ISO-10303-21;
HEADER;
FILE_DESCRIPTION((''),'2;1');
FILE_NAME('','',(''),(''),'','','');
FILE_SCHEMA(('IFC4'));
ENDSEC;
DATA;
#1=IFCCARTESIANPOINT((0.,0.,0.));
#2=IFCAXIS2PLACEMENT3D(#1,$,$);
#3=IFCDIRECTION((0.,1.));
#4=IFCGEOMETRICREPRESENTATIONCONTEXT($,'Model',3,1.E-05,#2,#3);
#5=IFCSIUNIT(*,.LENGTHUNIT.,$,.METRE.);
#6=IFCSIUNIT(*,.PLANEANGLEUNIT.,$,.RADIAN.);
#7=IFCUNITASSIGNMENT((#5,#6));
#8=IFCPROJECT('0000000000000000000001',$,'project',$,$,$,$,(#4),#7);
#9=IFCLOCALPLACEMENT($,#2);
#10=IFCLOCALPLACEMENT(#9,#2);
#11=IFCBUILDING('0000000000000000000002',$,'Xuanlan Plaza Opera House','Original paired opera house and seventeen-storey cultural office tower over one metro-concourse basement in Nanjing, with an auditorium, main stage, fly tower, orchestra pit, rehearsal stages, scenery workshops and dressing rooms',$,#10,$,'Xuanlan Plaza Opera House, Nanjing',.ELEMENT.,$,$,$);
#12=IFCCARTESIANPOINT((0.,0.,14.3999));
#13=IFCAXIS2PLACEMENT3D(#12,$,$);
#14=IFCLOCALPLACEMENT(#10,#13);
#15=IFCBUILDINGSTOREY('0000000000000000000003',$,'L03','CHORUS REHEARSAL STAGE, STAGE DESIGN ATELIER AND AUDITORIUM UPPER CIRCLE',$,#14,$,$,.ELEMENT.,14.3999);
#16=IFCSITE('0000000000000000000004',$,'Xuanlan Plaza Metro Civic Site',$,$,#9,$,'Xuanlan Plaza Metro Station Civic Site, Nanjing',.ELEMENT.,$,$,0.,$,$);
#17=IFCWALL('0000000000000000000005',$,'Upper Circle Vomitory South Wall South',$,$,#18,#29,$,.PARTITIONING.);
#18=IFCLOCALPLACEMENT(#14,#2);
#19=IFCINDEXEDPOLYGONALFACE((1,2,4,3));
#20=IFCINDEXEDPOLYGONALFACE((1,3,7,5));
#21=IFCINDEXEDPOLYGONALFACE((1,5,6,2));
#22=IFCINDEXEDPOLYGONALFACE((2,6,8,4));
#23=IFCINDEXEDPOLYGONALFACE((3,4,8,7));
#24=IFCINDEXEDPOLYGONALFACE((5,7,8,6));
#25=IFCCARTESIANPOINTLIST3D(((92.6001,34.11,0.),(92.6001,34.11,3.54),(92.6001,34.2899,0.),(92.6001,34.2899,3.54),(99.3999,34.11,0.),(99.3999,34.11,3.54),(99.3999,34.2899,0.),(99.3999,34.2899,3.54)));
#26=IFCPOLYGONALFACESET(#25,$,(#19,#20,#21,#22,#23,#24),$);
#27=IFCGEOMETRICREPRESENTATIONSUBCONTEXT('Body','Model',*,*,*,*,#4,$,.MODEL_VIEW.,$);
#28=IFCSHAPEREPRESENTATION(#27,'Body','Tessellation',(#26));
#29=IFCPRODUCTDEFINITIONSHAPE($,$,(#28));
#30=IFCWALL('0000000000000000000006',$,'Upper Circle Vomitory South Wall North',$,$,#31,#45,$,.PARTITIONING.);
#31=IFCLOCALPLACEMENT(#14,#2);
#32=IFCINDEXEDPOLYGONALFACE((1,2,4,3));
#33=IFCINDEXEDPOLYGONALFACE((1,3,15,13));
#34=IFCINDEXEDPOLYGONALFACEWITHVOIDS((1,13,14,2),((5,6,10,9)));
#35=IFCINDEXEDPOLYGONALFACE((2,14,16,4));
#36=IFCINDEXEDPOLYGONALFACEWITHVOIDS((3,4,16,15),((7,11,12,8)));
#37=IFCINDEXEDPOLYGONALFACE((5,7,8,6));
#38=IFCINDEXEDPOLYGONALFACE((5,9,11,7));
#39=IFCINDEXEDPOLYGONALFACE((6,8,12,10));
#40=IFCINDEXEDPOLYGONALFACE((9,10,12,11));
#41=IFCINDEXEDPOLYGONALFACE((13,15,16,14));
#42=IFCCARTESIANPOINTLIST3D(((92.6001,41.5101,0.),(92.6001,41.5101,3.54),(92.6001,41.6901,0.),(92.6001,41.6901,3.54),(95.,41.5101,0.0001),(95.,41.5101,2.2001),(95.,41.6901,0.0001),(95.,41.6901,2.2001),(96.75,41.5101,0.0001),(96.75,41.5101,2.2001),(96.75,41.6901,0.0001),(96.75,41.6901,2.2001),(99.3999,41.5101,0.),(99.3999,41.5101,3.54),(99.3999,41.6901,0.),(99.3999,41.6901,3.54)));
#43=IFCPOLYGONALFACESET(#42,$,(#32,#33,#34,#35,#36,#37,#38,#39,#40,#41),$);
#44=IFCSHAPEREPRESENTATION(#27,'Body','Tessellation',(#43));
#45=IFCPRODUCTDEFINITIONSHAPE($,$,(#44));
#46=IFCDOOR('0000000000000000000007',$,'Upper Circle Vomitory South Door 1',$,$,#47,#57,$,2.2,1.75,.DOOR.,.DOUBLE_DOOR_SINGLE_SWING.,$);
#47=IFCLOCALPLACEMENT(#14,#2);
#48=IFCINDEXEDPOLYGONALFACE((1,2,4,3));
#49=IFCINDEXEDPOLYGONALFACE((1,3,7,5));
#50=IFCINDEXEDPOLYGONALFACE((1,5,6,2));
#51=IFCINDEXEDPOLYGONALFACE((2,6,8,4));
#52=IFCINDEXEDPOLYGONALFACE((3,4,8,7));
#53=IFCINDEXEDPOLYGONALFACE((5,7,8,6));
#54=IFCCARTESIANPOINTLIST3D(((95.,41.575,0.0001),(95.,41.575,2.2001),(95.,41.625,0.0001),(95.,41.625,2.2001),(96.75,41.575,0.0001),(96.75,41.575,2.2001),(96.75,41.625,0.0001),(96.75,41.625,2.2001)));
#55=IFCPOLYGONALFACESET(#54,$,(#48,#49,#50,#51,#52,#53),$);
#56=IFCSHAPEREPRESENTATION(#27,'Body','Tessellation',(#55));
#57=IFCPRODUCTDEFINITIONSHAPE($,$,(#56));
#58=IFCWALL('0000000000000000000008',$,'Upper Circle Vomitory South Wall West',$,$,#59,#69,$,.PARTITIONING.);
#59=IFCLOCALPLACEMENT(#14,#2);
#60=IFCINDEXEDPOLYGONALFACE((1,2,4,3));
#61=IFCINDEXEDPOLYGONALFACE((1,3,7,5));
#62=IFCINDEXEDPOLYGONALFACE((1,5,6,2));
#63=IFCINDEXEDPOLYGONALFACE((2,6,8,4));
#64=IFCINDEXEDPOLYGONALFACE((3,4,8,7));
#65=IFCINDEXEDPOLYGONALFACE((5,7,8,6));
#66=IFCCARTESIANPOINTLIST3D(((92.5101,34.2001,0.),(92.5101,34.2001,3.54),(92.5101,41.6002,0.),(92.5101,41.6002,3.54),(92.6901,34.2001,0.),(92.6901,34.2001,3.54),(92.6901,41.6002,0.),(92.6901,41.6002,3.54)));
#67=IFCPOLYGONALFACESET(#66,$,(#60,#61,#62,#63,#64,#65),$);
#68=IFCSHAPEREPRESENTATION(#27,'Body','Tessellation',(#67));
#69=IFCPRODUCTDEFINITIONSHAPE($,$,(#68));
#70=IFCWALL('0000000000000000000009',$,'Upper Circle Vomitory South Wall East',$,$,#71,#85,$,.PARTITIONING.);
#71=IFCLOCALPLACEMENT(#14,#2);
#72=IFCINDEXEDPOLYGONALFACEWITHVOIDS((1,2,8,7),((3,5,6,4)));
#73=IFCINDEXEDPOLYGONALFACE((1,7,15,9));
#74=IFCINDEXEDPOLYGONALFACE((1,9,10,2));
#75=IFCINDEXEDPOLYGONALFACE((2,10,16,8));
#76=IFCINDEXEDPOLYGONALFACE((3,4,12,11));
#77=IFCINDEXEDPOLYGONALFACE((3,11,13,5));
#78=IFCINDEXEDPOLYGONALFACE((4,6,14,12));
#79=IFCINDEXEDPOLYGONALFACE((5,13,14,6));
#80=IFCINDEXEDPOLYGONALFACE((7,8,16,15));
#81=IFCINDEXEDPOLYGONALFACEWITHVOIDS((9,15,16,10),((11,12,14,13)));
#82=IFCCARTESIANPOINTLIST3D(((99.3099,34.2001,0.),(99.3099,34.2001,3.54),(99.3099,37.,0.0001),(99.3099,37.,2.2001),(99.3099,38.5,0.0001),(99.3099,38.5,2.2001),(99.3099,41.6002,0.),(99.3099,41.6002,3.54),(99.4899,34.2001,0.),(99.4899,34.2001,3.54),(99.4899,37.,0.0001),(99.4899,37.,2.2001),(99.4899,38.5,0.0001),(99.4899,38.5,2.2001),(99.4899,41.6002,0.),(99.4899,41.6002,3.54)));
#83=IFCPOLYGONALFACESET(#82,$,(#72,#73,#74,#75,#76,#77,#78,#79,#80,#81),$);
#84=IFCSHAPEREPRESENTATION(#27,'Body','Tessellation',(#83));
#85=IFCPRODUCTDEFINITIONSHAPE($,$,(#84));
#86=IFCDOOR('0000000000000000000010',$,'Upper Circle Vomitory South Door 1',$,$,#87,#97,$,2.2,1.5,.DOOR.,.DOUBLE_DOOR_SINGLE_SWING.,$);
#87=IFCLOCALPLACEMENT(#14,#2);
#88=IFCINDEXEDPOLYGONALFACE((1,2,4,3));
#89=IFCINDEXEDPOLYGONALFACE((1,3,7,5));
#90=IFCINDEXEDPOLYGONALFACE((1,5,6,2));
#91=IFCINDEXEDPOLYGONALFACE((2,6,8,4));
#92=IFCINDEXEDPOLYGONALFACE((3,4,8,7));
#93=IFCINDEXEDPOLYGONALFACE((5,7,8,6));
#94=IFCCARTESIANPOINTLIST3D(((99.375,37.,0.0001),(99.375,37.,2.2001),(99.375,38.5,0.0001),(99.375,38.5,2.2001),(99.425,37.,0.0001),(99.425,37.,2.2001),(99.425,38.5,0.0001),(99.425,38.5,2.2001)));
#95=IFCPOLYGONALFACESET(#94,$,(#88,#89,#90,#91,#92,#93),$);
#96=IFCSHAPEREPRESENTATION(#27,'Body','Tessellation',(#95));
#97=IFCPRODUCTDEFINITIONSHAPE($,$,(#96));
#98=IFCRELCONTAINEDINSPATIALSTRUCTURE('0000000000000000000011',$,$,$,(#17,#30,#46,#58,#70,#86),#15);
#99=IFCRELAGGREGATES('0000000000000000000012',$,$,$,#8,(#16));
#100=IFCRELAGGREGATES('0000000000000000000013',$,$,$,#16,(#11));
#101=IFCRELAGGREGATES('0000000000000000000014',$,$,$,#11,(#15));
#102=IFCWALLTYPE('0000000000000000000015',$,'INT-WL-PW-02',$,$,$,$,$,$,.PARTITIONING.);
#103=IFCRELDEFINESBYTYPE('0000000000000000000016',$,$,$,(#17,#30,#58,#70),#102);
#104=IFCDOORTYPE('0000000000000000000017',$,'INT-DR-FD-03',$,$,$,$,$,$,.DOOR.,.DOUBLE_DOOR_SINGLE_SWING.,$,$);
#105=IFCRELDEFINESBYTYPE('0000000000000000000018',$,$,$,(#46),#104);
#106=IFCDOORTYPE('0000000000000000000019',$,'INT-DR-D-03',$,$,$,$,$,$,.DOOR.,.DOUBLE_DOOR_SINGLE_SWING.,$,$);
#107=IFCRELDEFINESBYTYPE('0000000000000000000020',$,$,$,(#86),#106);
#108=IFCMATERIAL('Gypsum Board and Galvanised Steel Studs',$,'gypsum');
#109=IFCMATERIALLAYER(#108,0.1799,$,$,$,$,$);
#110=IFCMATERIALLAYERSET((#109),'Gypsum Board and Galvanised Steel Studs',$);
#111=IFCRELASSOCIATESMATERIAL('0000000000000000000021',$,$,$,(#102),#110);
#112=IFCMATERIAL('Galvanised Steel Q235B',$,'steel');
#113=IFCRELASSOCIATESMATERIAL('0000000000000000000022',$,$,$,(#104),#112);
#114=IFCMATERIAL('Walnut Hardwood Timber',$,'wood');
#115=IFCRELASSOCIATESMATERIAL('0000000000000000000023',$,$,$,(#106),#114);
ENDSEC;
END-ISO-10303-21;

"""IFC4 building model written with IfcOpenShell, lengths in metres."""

from ifc_helpers import new_model, si_unit, direction, frame, frame_2d, origin, place, context, subcontext, project, spatial, rectangle, extrude, material, layer, layer_set, type_object, element, fill, save


model = new_model("IFC4")

# Units and contexts
model_context = context("Model", 3, precision=1e-05, world=origin(), true_north=direction((0.0, 1.0)))
body_context = subcontext(model_context, "Body", "Model", "MODEL_VIEW")
ifc_project = project(units=[si_unit("LENGTHUNIT", "METRE"), si_unit("PLANEANGLEUNIT", "RADIAN")], contexts=[model_context])

# Site, building, storey
site_placement = place(None, origin())
site = spatial("IfcSite", under=ifc_project, at=site_placement, Name="Xuanlan Plaza Metro Civic Site", LongName="Xuanlan Plaza Metro Station Civic Site, Nanjing", CompositionType="ELEMENT", RefElevation=0.0)
building_placement = place(site_placement, origin())
building = spatial("IfcBuilding", under=site, at=building_placement, Name="Xuanlan Plaza Opera House", Description="Original paired opera house and seventeen-storey cultural office tower over one metro-concourse basement in Nanjing, with an auditorium, main stage, fly tower, orchestra pit, rehearsal stages, scenery workshops and dressing rooms", LongName="Xuanlan Plaza Opera House, Nanjing", CompositionType="ELEMENT")
storey_placement = place(building_placement, frame((0.0, 0.0, 14.3999)))
storey = spatial("IfcBuildingStorey", under=building, at=storey_placement, Name="L03", Description="CHORUS REHEARSAL STAGE, STAGE DESIGN ATELIER AND AUDITORIUM UPPER CIRCLE", CompositionType="ELEMENT", Elevation=14.3999)

# Wall
ifc_material_1 = material(Name="Gypsum Board and Galvanised Steel Studs", Category="gypsum")
ifc_layer_1 = layer(ifc_material_1, 0.1799)
ifc_layer_set_1 = layer_set([ifc_layer_1], Name="Gypsum Board and Galvanised Steel Studs")
wall_type = type_object("IfcWallType", Name="INT-WL-PW-02", PredefinedType="PARTITIONING", material=ifc_layer_set_1)
wall_1_placement = place(storey_placement, frame((92.6001, 34.2, 0.0), z_axis=(0.0, 0.0, 1.0), x_axis=(1.0, 0.0, 0.0)))
element("IfcWall", 1, at=wall_1_placement, inside=storey, type_object=wall_type, Name="Upper Circle Vomitory South Wall South", PredefinedType="PARTITIONING", context=body_context, shape_type="SweptSolid", body=[
    extrude(rectangle(XDim=6.7998, YDim=0.1799, at=frame_2d((3.3999, 0.0))), origin(), (0.0, 0.0, 1.0), 3.54),
])

# Wall, opening, door
wall_2_placement = place(storey_placement, frame((92.6001, 41.6001, 0.0), z_axis=(0.0, 0.0, 1.0), x_axis=(1.0, 0.0, 0.0)))
wall_2 = element("IfcWall", 2, at=wall_2_placement, inside=storey, type_object=wall_type, Name="Upper Circle Vomitory South Wall North", PredefinedType="PARTITIONING", context=body_context, shape_type="SweptSolid", body=[
    extrude(rectangle(XDim=6.7998, YDim=0.1799, at=frame_2d((3.3999, 0.0))), origin(), (0.0, 0.0, 1.0), 3.54),
])
opening_1_placement = place(wall_2_placement, frame((2.3999, 0.0, 0.0)))
opening_1 = element("IfcOpeningElement", 3, at=opening_1_placement, cuts=wall_2, PredefinedType="OPENING", context=body_context, shape_type="SweptSolid", body=[
    extrude(rectangle(XDim=1.75, YDim=2.2, at=frame_2d((0.875, 1.1001))), frame((0.0, 0.0999, 0.0), z_axis=(0.0, -1.0, 0.0), x_axis=(1.0, 0.0, 0.0)), (0.0, 0.0, 1.0), 0.2),
])
ifc_material_2 = material(Name="Galvanised Steel Q235B", Category="steel")
door_type_1 = type_object("IfcDoorType", Name="INT-DR-FD-03", OperationType="DOUBLE_DOOR_SINGLE_SWING", PredefinedType="DOOR", material=ifc_material_2)
door_1_placement = place(opening_1_placement, origin())
door_1 = element("IfcDoor", 4, at=door_1_placement, inside=storey, type_object=door_type_1, Name="Upper Circle Vomitory South Door 1", OperationType="DOUBLE_DOOR_SINGLE_SWING", OverallHeight=2.2, OverallWidth=1.75, PredefinedType="DOOR", context=body_context, shape_type="SweptSolid", body=[
    extrude(rectangle(XDim=1.75, YDim=2.2, at=frame_2d((0.875, 1.1001))), frame((0.0, 0.0249, 0.0), z_axis=(0.0, -1.0, 0.0), x_axis=(1.0, 0.0, 0.0)), (0.0, 0.0, 1.0), 0.05),
])
fill(opening_1, door_1)

# Wall
wall_3_placement = place(storey_placement, frame((92.6001, 34.2, 0.0), z_axis=(0.0, 0.0, 1.0), x_axis=(0.0, 1.0, 0.0)))
element("IfcWall", 5, at=wall_3_placement, inside=storey, type_object=wall_type, Name="Upper Circle Vomitory South Wall West", PredefinedType="PARTITIONING", context=body_context, shape_type="SweptSolid", body=[
    extrude(rectangle(XDim=7.4001, YDim=0.1799, at=frame_2d((3.7002, 0.0))), origin(), (0.0, 0.0, 1.0), 3.54),
])

# Wall, opening, door
wall_4_placement = place(storey_placement, frame((99.3999, 34.2, 0.0), z_axis=(0.0, 0.0, 1.0), x_axis=(0.0, 1.0, 0.0)))
wall_4 = element("IfcWall", 6, at=wall_4_placement, inside=storey, type_object=wall_type, Name="Upper Circle Vomitory South Wall East", PredefinedType="PARTITIONING", context=body_context, shape_type="SweptSolid", body=[
    extrude(rectangle(XDim=7.4001, YDim=0.1799, at=frame_2d((3.7002, 0.0))), origin(), (0.0, 0.0, 1.0), 3.54),
])
opening_2_placement = place(wall_4_placement, frame((2.8, 0.0, 0.0)))
opening_2 = element("IfcOpeningElement", 7, at=opening_2_placement, cuts=wall_4, PredefinedType="OPENING", context=body_context, shape_type="SweptSolid", body=[
    extrude(rectangle(XDim=1.5, YDim=2.2, at=frame_2d((0.75, 1.1001))), frame((0.0, 0.0999, 0.0), z_axis=(0.0, -1.0, 0.0), x_axis=(1.0, 0.0, 0.0)), (0.0, 0.0, 1.0), 0.2),
])
ifc_material_3 = material(Name="Walnut Hardwood Timber", Category="wood")
door_type_2 = type_object("IfcDoorType", Name="INT-DR-D-03", OperationType="DOUBLE_DOOR_SINGLE_SWING", PredefinedType="DOOR", material=ifc_material_3)
door_2_placement = place(opening_2_placement, origin())
door_2 = element("IfcDoor", 8, at=door_2_placement, inside=storey, type_object=door_type_2, Name="Upper Circle Vomitory South Door 1", OperationType="DOUBLE_DOOR_SINGLE_SWING", OverallHeight=2.2, OverallWidth=1.5, PredefinedType="DOOR", context=body_context, shape_type="SweptSolid", body=[
    extrude(rectangle(XDim=1.5, YDim=2.2, at=frame_2d((0.75, 1.1001))), frame((0.0, 0.0249, 0.0), z_axis=(0.0, -1.0, 0.0), x_axis=(1.0, 0.0, 0.0)), (0.0, 0.0, 1.0), 0.05),
])
fill(opening_2, door_2)

save(model, "model.ifc")
